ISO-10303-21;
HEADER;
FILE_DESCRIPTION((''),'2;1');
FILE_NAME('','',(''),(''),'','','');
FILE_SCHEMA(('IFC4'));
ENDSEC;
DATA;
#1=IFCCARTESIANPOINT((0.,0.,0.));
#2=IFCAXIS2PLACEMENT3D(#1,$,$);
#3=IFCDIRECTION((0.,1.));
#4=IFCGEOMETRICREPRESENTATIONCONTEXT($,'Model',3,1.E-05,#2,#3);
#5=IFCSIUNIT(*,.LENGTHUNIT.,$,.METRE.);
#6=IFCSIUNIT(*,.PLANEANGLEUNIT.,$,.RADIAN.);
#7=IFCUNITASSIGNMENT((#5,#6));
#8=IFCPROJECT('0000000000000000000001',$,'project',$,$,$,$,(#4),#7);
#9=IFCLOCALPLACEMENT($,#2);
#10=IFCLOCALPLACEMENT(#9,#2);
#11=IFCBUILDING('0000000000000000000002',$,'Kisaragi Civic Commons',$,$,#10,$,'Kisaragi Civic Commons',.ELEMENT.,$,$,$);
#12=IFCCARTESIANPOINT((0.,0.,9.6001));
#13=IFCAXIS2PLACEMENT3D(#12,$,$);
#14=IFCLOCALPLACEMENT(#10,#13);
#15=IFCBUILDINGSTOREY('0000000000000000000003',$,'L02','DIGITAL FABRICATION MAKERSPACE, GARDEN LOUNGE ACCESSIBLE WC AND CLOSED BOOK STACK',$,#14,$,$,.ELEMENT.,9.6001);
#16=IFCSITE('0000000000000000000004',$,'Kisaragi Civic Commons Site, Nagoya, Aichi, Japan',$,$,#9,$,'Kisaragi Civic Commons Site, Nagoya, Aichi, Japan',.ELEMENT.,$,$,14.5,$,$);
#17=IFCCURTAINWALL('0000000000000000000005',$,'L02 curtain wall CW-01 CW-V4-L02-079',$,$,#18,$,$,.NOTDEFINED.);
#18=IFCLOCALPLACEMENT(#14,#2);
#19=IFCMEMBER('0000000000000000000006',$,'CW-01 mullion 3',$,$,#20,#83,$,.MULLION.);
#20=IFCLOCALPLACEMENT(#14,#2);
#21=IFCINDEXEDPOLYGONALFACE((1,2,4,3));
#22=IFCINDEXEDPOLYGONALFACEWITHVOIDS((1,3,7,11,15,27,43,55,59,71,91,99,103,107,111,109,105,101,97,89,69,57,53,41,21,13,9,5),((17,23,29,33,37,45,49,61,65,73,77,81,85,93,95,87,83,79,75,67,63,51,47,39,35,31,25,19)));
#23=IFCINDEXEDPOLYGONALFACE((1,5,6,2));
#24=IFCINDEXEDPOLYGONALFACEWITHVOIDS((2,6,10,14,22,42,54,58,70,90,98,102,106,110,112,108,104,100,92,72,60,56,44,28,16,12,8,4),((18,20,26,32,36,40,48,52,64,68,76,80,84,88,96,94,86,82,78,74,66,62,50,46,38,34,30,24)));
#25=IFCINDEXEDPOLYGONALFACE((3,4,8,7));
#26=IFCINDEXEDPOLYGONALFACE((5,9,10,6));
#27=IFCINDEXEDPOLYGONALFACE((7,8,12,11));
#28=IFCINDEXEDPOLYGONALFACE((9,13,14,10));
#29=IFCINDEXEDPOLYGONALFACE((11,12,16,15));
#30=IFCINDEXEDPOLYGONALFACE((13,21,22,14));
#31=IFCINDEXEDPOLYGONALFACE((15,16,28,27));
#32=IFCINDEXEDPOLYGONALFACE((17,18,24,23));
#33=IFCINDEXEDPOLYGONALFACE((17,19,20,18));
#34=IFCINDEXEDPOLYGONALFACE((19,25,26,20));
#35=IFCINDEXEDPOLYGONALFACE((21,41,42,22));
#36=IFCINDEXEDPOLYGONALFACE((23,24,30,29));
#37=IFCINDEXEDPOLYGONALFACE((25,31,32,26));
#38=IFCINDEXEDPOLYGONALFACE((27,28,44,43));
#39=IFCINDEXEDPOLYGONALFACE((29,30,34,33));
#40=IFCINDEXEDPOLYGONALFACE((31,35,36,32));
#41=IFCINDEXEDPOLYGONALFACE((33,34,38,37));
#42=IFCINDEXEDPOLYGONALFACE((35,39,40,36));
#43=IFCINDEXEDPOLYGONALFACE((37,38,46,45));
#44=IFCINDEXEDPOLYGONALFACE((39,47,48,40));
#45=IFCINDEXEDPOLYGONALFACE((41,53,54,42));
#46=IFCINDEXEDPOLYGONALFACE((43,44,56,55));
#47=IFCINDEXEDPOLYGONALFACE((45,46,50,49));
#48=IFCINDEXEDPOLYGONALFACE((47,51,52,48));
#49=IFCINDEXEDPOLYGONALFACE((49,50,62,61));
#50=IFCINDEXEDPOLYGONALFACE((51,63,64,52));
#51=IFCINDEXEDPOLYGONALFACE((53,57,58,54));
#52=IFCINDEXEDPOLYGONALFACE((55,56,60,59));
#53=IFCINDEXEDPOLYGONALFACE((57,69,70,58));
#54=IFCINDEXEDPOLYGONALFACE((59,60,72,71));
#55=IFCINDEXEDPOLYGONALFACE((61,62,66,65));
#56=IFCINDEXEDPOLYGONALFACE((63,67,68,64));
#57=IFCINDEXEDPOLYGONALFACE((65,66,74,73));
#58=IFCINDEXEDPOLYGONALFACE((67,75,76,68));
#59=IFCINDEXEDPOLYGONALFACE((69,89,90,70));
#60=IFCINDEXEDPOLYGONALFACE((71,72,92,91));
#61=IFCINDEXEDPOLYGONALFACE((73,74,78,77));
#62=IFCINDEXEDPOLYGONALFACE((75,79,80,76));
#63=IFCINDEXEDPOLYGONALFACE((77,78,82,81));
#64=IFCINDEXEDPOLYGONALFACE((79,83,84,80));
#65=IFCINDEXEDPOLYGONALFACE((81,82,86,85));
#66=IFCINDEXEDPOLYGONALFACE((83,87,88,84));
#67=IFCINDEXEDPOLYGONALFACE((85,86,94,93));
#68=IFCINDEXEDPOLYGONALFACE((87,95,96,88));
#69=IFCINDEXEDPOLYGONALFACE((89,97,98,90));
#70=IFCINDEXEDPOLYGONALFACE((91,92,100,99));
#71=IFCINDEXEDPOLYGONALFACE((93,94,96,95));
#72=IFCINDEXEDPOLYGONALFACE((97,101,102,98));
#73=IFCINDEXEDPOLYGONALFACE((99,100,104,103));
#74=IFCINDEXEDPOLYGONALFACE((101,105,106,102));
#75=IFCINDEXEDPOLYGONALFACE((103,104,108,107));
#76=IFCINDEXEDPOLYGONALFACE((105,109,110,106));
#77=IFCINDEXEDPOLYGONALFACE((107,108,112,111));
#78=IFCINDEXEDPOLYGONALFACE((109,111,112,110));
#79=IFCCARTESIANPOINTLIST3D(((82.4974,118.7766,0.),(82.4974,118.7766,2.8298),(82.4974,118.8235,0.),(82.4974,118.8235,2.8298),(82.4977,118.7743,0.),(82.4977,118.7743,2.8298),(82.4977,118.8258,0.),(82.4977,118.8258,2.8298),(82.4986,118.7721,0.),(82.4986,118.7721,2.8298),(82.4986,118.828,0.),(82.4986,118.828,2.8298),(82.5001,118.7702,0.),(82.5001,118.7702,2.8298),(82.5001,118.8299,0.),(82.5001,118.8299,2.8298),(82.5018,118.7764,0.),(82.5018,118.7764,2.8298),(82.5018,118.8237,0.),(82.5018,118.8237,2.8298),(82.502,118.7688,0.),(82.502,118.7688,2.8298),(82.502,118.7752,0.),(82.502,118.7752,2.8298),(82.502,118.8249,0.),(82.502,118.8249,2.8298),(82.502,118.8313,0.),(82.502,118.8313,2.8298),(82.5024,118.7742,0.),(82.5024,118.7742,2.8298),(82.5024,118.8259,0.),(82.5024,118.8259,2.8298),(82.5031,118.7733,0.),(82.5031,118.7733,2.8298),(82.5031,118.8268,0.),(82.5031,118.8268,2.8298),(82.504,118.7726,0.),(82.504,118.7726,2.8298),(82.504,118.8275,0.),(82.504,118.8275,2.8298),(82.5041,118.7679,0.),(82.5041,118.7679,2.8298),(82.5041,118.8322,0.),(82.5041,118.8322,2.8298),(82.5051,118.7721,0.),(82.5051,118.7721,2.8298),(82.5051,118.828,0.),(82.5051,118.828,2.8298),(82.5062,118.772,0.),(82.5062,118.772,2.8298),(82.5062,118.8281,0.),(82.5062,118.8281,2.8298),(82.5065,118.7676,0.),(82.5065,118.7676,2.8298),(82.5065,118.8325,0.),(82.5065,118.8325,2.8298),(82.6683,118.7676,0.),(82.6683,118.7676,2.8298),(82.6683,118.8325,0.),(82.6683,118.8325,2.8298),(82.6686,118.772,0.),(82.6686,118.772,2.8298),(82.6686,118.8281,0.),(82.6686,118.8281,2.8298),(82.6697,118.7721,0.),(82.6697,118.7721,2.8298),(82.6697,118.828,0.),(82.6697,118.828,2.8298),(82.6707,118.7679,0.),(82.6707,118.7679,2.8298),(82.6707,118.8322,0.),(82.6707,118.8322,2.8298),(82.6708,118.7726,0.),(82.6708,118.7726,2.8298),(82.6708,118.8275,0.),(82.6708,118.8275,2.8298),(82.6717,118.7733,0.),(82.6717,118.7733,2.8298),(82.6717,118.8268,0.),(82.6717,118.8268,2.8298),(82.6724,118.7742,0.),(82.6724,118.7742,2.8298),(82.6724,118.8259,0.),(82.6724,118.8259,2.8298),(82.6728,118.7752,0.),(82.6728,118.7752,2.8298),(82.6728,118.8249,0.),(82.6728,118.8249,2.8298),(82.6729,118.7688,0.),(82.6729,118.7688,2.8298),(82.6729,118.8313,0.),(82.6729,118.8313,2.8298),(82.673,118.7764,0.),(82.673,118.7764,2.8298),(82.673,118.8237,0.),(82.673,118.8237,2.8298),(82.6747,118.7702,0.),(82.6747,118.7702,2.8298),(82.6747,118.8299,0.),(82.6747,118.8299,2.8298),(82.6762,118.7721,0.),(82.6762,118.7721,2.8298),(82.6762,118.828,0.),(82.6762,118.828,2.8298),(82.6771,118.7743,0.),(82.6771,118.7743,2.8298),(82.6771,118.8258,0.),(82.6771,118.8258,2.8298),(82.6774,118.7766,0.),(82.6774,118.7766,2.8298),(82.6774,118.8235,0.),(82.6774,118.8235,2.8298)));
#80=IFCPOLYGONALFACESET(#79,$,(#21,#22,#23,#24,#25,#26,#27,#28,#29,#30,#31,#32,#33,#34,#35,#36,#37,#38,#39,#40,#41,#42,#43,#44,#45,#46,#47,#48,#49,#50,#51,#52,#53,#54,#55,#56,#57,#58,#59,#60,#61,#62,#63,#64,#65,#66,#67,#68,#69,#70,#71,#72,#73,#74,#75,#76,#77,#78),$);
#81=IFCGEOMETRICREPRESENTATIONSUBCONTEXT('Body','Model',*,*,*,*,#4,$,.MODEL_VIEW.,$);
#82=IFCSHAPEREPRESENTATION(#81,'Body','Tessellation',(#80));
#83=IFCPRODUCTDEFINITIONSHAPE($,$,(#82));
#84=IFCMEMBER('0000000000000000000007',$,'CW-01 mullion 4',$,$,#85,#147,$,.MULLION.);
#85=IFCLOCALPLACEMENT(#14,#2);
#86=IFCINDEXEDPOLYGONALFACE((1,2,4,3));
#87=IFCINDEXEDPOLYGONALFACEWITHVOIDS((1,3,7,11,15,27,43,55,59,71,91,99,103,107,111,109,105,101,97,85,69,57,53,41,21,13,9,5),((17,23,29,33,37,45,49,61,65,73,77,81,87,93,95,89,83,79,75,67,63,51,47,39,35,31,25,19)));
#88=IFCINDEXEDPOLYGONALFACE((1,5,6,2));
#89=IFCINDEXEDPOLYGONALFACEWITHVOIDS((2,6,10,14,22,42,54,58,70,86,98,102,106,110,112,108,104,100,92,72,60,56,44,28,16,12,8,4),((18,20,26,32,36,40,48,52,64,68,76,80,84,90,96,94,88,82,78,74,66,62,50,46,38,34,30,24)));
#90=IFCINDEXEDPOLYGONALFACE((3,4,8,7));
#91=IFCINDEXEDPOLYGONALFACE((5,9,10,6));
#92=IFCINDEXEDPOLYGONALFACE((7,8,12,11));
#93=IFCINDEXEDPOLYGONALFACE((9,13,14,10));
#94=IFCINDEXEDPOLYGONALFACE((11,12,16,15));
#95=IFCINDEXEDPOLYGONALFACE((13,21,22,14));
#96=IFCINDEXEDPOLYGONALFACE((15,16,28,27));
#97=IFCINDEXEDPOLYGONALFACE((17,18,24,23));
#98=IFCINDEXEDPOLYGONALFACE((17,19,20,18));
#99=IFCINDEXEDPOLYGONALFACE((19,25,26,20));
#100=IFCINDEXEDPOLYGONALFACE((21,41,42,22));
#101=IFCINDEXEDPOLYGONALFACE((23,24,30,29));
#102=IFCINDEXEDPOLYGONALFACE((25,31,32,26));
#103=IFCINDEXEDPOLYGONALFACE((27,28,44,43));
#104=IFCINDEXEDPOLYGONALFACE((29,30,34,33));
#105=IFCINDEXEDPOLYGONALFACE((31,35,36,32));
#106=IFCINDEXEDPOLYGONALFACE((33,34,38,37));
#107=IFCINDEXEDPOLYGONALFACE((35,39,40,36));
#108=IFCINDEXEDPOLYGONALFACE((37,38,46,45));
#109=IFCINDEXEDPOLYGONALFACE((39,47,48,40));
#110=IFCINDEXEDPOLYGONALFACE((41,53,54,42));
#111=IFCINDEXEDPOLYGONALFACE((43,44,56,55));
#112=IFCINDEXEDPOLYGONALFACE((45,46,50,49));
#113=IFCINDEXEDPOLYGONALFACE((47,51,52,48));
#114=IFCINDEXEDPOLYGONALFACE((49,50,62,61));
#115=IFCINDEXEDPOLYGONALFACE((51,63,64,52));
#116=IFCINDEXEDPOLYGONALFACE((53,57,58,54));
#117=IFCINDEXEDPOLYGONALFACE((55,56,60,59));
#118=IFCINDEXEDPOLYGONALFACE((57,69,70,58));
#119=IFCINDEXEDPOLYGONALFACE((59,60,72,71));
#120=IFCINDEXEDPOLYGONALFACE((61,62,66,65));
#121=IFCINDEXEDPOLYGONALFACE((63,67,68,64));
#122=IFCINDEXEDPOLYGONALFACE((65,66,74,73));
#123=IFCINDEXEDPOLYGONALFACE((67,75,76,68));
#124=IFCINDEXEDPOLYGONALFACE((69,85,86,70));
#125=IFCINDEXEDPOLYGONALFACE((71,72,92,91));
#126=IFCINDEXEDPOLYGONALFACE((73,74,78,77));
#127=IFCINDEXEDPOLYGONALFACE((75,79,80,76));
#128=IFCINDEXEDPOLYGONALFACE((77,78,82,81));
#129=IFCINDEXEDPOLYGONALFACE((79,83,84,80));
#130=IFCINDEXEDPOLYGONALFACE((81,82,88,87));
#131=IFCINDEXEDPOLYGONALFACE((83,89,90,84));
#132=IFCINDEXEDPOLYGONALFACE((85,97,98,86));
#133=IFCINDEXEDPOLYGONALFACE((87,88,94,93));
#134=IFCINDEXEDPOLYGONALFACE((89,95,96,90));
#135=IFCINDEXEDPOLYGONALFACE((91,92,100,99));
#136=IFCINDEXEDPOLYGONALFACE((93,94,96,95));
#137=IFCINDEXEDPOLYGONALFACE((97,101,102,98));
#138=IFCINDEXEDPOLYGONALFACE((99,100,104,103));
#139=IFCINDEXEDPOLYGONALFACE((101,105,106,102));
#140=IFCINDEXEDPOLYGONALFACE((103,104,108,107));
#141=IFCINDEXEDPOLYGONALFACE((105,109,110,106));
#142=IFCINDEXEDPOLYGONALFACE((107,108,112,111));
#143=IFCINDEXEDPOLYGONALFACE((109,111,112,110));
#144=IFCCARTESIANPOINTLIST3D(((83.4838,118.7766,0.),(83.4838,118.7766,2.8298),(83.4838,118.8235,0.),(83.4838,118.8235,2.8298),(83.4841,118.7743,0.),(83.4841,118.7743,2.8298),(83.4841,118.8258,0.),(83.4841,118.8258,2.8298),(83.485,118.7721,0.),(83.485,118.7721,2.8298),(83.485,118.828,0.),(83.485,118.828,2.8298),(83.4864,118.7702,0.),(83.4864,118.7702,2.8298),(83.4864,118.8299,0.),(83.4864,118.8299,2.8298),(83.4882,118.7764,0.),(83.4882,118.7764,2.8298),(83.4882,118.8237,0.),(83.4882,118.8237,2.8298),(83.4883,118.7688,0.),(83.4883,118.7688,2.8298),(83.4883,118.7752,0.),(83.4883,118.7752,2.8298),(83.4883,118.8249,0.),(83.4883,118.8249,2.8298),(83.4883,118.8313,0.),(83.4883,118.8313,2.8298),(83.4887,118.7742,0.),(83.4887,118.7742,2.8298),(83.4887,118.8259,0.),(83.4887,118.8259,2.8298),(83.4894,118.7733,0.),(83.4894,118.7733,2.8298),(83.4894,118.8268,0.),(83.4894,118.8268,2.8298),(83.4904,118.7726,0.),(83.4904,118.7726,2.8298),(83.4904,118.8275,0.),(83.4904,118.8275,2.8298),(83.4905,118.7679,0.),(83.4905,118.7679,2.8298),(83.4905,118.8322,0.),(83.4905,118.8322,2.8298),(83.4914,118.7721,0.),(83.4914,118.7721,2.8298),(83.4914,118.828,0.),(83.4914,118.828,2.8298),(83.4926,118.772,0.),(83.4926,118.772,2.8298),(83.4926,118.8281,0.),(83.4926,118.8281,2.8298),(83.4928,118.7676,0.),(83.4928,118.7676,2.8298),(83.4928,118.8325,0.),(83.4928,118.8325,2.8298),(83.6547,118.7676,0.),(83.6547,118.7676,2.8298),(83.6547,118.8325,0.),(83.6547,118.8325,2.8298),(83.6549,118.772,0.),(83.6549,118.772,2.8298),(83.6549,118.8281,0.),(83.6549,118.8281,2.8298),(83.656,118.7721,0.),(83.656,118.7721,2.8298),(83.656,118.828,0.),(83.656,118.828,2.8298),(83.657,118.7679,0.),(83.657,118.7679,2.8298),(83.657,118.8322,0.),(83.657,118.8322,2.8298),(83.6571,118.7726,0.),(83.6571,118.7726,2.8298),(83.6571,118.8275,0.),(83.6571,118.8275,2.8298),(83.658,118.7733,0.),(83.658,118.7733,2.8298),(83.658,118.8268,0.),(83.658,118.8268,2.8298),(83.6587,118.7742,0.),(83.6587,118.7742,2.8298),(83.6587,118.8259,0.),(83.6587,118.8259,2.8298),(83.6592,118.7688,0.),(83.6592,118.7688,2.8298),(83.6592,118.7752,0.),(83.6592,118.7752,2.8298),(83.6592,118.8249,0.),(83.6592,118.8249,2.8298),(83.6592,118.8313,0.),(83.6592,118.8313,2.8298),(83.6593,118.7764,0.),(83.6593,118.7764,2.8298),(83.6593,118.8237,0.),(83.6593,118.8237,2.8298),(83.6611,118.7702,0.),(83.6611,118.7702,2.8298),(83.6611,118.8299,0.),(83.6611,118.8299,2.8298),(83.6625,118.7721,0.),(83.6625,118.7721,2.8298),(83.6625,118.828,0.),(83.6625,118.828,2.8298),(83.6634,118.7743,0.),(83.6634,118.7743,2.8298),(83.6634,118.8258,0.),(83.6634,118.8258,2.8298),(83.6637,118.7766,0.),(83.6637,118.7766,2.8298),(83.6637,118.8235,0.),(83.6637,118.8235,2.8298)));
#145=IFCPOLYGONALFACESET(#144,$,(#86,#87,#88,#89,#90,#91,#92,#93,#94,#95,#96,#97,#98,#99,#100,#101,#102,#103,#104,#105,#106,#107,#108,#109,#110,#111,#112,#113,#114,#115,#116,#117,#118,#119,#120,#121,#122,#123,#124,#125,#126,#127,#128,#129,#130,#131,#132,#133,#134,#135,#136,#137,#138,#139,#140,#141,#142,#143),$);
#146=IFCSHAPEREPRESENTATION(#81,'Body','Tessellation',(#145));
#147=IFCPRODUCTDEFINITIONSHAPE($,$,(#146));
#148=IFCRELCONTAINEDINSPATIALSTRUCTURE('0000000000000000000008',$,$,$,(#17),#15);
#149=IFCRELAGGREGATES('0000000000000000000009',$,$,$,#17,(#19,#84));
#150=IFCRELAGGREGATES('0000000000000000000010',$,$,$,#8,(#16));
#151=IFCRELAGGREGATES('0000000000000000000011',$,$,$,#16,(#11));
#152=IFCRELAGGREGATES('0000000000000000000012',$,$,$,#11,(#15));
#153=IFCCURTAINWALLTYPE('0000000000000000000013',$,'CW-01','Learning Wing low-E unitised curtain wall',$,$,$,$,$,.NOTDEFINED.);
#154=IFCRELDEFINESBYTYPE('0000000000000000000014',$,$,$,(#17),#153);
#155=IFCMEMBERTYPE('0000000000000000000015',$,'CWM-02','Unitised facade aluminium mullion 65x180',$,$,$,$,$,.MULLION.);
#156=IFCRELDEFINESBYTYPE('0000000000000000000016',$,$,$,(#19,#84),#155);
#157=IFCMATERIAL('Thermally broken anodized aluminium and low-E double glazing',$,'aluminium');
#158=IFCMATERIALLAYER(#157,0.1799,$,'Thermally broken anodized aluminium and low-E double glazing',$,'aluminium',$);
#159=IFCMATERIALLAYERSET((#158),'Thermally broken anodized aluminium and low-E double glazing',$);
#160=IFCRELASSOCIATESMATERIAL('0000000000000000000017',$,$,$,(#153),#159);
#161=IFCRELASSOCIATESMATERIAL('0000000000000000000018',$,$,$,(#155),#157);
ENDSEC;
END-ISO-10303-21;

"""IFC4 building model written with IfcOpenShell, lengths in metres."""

from ifc_helpers import new_model, si_unit, direction, frame, origin, origin_2d, place, context, subcontext, project, spatial, hollow_rectangle, extrude, material, layer, layer_set, material_profile, profile_set, type_object, element, aggregate, save


model = new_model("IFC4")

# Units and contexts
model_context = context("Model", 3, precision=1e-05, world=origin(), true_north=direction((0.0, 1.0)))
body_context = subcontext(model_context, "Body", "Model", "MODEL_VIEW")
ifc_project = project(units=[si_unit("LENGTHUNIT", "METRE"), si_unit("PLANEANGLEUNIT", "RADIAN")], contexts=[model_context])

# Site, building, storey
site_placement = place(None, origin())
site = spatial("IfcSite", under=ifc_project, at=site_placement, Name="Kisaragi Civic Commons Site, Nagoya, Aichi, Japan", LongName="Kisaragi Civic Commons Site, Nagoya, Aichi, Japan", CompositionType="ELEMENT", RefElevation=14.5)
building_placement = place(site_placement, origin())
building = spatial("IfcBuilding", under=site, at=building_placement, Name="Kisaragi Civic Commons", LongName="Kisaragi Civic Commons", CompositionType="ELEMENT")
storey_placement = place(building_placement, frame((0.0, 0.0, 9.6001)))
storey = spatial("IfcBuildingStorey", under=building, at=storey_placement, Name="L02", Description="DIGITAL FABRICATION MAKERSPACE, GARDEN LOUNGE ACCESSIBLE WC AND CLOSED BOOK STACK", CompositionType="ELEMENT", Elevation=9.6001)

# Curtain wall, members
ifc_material_1 = material(Name="Thermally broken anodized aluminium and low-E double glazing", Category="aluminium")
ifc_layer_1 = layer(ifc_material_1, 0.1799, Name="Thermally broken anodized aluminium and low-E double glazing", Category="aluminium")
ifc_layer_set_1 = layer_set([ifc_layer_1], Name="Thermally broken anodized aluminium and low-E double glazing")
curtain_wall_type = type_object("IfcCurtainWallType", Name="CW-01", Description="Learning Wing low-E unitised curtain wall", PredefinedType="NOTDEFINED", material=ifc_layer_set_1)
curtain_wall_placement = place(storey_placement, origin())
curtain_wall = element("IfcCurtainWall", 1, at=curtain_wall_placement, inside=storey, type_object=curtain_wall_type, Name="L02 curtain wall CW-01 CW-V4-L02-079", PredefinedType="NOTDEFINED")
ifc_material_profile_1 = material_profile(ifc_material_1, hollow_rectangle(XDim=0.0649, YDim=0.1799, WallThickness=0.0044, InnerFilletRadius=0.0044, OuterFilletRadius=0.009, at=origin_2d()), Name="CWM-65x180x4.5", Category="aluminium")
ifc_profile_set_1 = profile_set([ifc_material_profile_1], Name="Thermally broken anodized aluminium and low-E double glazing")
member_type_1 = type_object("IfcMemberType", Name="CWM-02", Description="Unitised facade aluminium mullion 65x180", PredefinedType="MULLION", material=ifc_profile_set_1)
member_1_placement = place(storey_placement, frame((82.5874, 118.8, 0.0), z_axis=(0.0, 0.0, 1.0), x_axis=(0.0, 1.0, 0.0)))
member_1 = element("IfcMember", 2, at=member_1_placement, type_object=member_type_1, Name="CW-01 mullion 3", PredefinedType="MULLION", context=body_context, shape_type="SweptSolid", body=[
    extrude(hollow_rectangle(XDim=0.0649, YDim=0.1799, WallThickness=0.0044, InnerFilletRadius=0.0044, OuterFilletRadius=0.009, at=origin_2d()), origin(), (0.0, 0.0, 1.0), 2.8298),
])
member_2_placement = place(storey_placement, frame((83.5737, 118.8, 0.0), z_axis=(0.0, 0.0, 1.0), x_axis=(0.0, 1.0, 0.0)))
member_2 = element("IfcMember", 3, at=member_2_placement, type_object=member_type_1, Name="CW-01 mullion 4", PredefinedType="MULLION", context=body_context, shape_type="SweptSolid", body=[
    extrude(hollow_rectangle(XDim=0.0649, YDim=0.1799, WallThickness=0.0044, InnerFilletRadius=0.0044, OuterFilletRadius=0.009, at=origin_2d()), origin(), (0.0, 0.0, 1.0), 2.8298),
])
aggregate(curtain_wall, [member_1, member_2])

save(model, "model.ifc")
